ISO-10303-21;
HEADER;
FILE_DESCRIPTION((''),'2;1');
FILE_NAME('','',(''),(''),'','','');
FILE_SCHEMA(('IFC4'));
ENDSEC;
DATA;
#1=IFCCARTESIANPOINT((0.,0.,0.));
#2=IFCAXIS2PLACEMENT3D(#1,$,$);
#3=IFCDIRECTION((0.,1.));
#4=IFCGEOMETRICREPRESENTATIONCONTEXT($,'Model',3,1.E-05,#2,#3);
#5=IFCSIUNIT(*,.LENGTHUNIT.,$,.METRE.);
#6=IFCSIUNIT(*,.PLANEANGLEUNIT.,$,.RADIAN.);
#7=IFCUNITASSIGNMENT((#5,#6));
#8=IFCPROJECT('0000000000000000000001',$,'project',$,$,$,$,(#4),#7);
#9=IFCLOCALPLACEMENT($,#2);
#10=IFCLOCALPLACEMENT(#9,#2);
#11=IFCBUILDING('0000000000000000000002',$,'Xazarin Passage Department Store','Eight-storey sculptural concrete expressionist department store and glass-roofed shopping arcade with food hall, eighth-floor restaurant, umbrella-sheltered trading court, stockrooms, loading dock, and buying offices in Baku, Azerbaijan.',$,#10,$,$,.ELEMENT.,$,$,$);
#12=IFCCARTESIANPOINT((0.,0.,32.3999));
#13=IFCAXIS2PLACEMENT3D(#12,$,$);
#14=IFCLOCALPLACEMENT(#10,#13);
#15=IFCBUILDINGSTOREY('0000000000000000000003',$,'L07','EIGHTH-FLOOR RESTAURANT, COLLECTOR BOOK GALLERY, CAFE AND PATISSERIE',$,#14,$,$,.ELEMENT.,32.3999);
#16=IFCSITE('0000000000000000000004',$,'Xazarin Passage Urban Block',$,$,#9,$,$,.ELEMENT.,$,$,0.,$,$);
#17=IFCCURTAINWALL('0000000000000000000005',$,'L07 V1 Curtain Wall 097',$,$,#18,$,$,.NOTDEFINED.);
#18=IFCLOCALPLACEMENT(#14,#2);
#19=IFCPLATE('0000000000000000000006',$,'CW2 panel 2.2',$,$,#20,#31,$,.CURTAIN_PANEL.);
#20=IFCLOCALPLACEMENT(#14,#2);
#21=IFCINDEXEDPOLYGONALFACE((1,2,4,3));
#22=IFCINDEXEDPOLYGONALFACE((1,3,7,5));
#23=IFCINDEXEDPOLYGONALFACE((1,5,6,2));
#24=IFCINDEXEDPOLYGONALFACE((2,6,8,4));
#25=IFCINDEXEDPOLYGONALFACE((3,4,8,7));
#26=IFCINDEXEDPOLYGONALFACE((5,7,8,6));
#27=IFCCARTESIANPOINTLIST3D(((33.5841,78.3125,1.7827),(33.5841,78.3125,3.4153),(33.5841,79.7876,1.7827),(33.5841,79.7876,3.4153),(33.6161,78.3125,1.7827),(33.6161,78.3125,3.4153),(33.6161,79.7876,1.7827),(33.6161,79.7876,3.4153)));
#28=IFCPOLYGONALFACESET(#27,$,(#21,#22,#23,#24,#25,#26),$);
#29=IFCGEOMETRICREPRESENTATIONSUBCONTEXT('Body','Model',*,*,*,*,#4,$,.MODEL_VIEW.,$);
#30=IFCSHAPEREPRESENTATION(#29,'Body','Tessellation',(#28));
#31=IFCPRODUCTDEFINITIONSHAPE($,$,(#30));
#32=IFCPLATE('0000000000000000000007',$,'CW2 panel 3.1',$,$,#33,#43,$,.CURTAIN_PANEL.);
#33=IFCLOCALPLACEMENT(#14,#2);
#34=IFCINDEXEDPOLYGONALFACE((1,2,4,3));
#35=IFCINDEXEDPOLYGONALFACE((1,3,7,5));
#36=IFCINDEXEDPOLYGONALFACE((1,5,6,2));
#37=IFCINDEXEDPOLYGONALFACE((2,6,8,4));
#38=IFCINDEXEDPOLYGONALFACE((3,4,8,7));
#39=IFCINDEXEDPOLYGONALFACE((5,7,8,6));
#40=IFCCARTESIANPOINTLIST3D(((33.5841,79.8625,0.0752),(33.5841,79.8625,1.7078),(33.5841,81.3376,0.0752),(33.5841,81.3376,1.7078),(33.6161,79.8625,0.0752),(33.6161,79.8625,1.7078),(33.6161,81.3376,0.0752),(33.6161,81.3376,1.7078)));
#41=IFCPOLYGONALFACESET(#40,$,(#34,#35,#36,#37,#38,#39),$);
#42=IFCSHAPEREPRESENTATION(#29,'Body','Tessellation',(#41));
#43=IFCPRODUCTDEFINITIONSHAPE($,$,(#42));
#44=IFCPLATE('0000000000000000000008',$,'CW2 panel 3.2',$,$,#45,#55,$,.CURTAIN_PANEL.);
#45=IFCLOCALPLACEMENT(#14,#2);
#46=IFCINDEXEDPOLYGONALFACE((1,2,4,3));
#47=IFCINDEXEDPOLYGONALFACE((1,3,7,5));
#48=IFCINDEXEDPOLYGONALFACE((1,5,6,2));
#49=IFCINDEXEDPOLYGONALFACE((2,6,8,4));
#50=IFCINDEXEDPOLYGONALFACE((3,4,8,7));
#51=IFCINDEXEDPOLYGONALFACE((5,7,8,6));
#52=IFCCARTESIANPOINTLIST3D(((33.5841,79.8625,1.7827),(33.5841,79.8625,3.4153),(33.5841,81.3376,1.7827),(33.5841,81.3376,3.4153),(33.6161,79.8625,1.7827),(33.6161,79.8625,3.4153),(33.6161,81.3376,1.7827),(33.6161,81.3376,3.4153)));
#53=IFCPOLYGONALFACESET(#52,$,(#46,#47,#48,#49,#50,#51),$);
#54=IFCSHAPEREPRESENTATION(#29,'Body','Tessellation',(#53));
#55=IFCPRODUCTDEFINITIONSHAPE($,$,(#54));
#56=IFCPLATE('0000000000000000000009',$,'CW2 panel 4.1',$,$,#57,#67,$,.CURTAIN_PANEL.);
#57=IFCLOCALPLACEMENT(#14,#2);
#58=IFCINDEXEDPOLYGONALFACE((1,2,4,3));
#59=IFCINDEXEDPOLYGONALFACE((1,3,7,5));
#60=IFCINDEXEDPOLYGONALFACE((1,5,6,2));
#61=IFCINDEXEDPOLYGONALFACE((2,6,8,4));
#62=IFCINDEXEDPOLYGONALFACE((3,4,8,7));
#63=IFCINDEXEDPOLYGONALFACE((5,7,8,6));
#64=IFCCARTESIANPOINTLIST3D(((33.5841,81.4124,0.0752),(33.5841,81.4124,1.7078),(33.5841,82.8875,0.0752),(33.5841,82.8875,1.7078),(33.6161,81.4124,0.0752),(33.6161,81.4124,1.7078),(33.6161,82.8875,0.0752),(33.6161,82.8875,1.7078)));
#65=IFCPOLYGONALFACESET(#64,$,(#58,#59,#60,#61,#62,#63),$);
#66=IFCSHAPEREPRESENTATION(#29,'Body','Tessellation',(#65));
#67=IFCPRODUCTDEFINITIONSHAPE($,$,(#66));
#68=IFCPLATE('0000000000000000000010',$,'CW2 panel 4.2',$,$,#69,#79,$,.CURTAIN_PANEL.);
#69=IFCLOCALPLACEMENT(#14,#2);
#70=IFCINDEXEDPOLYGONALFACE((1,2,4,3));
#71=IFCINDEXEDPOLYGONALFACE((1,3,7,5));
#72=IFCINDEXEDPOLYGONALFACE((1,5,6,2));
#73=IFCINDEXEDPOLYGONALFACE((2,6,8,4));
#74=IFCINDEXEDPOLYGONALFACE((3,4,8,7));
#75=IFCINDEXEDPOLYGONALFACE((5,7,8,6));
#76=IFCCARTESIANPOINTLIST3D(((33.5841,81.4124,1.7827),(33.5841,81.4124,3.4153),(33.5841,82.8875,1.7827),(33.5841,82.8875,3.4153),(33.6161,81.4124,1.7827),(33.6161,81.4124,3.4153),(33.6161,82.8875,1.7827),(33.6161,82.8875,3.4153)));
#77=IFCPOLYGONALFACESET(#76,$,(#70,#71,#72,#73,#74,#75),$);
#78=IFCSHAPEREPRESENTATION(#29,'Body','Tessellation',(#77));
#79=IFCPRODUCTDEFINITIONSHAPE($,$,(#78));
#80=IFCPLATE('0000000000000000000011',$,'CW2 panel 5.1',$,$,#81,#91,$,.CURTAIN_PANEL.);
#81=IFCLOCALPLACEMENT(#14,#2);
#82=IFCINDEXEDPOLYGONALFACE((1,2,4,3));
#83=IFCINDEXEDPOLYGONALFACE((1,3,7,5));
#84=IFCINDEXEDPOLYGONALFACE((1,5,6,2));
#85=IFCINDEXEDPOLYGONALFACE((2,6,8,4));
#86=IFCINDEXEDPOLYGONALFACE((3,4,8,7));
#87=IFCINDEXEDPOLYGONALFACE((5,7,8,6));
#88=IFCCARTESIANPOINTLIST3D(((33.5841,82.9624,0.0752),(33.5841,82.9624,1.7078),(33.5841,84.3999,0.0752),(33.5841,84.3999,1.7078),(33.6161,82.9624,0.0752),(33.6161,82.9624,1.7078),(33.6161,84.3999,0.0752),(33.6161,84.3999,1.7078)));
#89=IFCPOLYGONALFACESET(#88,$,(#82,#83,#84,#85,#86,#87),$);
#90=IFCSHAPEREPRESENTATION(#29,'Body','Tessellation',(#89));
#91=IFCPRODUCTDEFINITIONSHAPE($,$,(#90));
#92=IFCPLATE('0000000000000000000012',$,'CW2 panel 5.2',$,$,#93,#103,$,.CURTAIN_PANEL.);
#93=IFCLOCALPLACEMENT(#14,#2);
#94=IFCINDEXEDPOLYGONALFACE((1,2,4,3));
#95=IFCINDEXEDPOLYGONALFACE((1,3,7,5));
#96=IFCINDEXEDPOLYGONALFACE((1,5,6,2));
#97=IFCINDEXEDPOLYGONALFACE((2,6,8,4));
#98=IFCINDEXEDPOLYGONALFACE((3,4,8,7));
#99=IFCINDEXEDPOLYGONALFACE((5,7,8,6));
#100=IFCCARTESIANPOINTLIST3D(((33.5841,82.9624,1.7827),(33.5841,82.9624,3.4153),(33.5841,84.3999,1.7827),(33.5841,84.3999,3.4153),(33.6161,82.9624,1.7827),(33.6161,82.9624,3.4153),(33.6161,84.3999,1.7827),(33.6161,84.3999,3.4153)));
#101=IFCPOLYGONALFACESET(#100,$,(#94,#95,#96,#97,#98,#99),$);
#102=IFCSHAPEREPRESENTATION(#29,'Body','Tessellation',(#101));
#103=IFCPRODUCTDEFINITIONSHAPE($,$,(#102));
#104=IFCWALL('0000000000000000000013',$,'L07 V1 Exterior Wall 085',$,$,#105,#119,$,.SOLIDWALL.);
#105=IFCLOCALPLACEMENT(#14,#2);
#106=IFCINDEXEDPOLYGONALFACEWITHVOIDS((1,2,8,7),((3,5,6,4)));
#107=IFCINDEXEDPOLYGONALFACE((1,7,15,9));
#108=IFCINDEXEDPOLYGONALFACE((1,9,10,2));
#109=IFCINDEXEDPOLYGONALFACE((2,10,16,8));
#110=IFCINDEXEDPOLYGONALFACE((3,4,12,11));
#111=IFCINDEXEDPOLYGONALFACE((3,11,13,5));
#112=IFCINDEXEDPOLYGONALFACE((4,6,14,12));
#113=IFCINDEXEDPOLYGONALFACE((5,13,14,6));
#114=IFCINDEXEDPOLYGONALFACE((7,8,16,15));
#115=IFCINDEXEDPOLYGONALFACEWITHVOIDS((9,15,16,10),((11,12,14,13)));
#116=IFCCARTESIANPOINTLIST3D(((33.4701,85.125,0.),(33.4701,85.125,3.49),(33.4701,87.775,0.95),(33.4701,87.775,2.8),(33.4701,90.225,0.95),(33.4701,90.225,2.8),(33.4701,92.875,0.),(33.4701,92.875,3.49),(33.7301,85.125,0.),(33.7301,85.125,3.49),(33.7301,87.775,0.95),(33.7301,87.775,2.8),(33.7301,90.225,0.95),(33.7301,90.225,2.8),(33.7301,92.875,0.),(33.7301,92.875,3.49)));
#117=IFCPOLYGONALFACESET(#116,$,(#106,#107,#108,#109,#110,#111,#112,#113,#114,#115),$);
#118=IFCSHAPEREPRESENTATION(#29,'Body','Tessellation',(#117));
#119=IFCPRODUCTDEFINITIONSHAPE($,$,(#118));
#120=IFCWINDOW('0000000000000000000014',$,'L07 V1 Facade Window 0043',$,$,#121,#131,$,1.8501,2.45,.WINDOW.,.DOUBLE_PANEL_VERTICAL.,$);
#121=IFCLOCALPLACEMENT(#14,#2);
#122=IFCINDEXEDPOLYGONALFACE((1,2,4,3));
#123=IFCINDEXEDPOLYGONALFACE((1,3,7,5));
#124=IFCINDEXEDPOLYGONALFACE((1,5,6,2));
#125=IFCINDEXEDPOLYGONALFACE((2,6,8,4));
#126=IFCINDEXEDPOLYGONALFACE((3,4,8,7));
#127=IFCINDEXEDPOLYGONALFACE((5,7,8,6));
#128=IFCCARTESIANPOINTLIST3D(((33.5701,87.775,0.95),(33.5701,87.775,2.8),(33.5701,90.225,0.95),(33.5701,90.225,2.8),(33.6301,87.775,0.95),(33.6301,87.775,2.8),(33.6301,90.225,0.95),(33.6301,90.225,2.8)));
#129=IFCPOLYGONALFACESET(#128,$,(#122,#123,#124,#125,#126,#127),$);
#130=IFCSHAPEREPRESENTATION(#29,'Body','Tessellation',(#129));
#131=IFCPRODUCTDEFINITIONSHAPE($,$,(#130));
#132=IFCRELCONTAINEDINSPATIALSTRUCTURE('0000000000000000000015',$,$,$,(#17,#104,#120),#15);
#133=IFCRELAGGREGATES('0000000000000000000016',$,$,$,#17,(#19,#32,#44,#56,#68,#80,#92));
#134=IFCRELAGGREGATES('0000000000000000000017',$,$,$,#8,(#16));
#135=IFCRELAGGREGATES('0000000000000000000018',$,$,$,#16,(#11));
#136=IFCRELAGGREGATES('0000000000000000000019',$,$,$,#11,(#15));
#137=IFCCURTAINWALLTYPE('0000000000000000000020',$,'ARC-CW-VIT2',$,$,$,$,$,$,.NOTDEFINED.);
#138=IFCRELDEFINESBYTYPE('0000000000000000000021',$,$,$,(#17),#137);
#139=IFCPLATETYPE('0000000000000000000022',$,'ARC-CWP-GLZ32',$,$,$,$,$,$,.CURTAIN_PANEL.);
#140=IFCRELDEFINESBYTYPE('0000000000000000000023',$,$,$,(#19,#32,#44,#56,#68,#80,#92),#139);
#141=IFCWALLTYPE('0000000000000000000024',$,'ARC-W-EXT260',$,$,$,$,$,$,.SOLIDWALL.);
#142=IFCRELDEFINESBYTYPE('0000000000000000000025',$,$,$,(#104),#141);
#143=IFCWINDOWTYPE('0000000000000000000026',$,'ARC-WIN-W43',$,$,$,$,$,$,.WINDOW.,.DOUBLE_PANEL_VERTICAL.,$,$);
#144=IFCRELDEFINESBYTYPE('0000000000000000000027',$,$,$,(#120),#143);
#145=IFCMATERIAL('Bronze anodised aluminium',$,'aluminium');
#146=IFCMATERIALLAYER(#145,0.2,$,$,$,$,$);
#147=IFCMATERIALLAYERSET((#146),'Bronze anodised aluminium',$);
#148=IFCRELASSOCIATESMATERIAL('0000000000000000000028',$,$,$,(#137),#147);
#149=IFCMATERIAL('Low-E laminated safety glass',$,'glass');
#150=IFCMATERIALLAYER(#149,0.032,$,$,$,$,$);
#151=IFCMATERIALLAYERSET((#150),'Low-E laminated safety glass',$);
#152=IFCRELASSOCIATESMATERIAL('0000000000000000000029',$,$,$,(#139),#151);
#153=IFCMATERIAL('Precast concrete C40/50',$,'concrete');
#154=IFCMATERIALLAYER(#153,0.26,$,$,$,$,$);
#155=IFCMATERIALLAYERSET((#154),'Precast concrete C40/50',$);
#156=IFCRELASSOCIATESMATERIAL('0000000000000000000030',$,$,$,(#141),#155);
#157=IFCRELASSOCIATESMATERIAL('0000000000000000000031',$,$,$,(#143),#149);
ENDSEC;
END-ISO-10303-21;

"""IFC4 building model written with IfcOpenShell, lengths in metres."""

from ifc_helpers import new_model, si_unit, direction, frame, frame_2d, origin, origin_2d, place, context, subcontext, project, spatial, rectangle, extrude, material, layer, layer_set, type_object, element, fill, aggregate, save


model = new_model("IFC4")

# Units and contexts
model_context = context("Model", 3, precision=1e-05, world=origin(), true_north=direction((0.0, 1.0)))
body_context = subcontext(model_context, "Body", "Model", "MODEL_VIEW")
ifc_project = project(units=[si_unit("LENGTHUNIT", "METRE"), si_unit("PLANEANGLEUNIT", "RADIAN")], contexts=[model_context])

# Site, building, storey
site_placement = place(None, origin())
site = spatial("IfcSite", under=ifc_project, at=site_placement, Name="Xazarin Passage Urban Block", CompositionType="ELEMENT", RefElevation=0.0)
building_placement = place(site_placement, origin())
building = spatial("IfcBuilding", under=site, at=building_placement, Name="Xazarin Passage Department Store", Description="Eight-storey sculptural concrete expressionist department store and glass-roofed shopping arcade with food hall, eighth-floor restaurant, umbrella-sheltered trading court, stockrooms, loading dock, and buying offices in Baku, Azerbaijan.", CompositionType="ELEMENT")
storey_placement = place(building_placement, frame((0.0, 0.0, 32.3999)))
storey = spatial("IfcBuildingStorey", under=building, at=storey_placement, Name="L07", Description="EIGHTH-FLOOR RESTAURANT, COLLECTOR BOOK GALLERY, CAFE AND PATISSERIE", CompositionType="ELEMENT", Elevation=32.3999)

# Curtain wall
ifc_material_1 = material(Name="Bronze anodised aluminium", Category="aluminium")
ifc_layer_1 = layer(ifc_material_1, 0.2)
ifc_layer_set_1 = layer_set([ifc_layer_1], Name="Bronze anodised aluminium")
curtain_wall_type = type_object("IfcCurtainWallType", Name="ARC-CW-VIT2", PredefinedType="NOTDEFINED", material=ifc_layer_set_1)
curtain_wall_placement = place(storey_placement, origin())
curtain_wall = element("IfcCurtainWall", 1, at=curtain_wall_placement, inside=storey, type_object=curtain_wall_type, Name="L07 V1 Curtain Wall 097", PredefinedType="NOTDEFINED")

# Plates
ifc_material_2 = material(Name="Low-E laminated safety glass", Category="glass")
ifc_layer_2 = layer(ifc_material_2, 0.032)
ifc_layer_set_2 = layer_set([ifc_layer_2], Name="Low-E laminated safety glass")
plate_type = type_object("IfcPlateType", Name="ARC-CWP-GLZ32", PredefinedType="CURTAIN_PANEL", material=ifc_layer_set_2)
plate_1_placement = place(storey_placement, frame((33.6001, 79.05, 1.7827), z_axis=(0.0, 0.0, 1.0), x_axis=(0.0, 1.0, 0.0)))
plate_1 = element("IfcPlate", 2, at=plate_1_placement, type_object=plate_type, Name="CW2 panel 2.2", PredefinedType="CURTAIN_PANEL", context=body_context, shape_type="SweptSolid", body=[
    extrude(rectangle(XDim=1.4751, YDim=0.032, at=origin_2d()), origin(), (0.0, 0.0, 1.0), 1.6326),
])
plate_2_placement = place(storey_placement, frame((33.6001, 80.6001, 0.0752), z_axis=(0.0, 0.0, 1.0), x_axis=(0.0, 1.0, 0.0)))
plate_2 = element("IfcPlate", 3, at=plate_2_placement, type_object=plate_type, Name="CW2 panel 3.1", PredefinedType="CURTAIN_PANEL", context=body_context, shape_type="SweptSolid", body=[
    extrude(rectangle(XDim=1.4751, YDim=0.032, at=origin_2d()), origin(), (0.0, 0.0, 1.0), 1.6326),
])
plate_3_placement = place(storey_placement, frame((33.6001, 80.6001, 1.7827), z_axis=(0.0, 0.0, 1.0), x_axis=(0.0, 1.0, 0.0)))
plate_3 = element("IfcPlate", 4, at=plate_3_placement, type_object=plate_type, Name="CW2 panel 3.2", PredefinedType="CURTAIN_PANEL", context=body_context, shape_type="SweptSolid", body=[
    extrude(rectangle(XDim=1.4751, YDim=0.032, at=origin_2d()), origin(), (0.0, 0.0, 1.0), 1.6326),
])
plate_4_placement = place(storey_placement, frame((33.6001, 82.1499, 0.0752), z_axis=(0.0, 0.0, 1.0), x_axis=(0.0, 1.0, 0.0)))
plate_4 = element("IfcPlate", 5, at=plate_4_placement, type_object=plate_type, Name="CW2 panel 4.1", PredefinedType="CURTAIN_PANEL", context=body_context, shape_type="SweptSolid", body=[
    extrude(rectangle(XDim=1.4751, YDim=0.032, at=origin_2d()), origin(), (0.0, 0.0, 1.0), 1.6326),
])
plate_5_placement = place(storey_placement, frame((33.6001, 82.1499, 1.7827), z_axis=(0.0, 0.0, 1.0), x_axis=(0.0, 1.0, 0.0)))
plate_5 = element("IfcPlate", 6, at=plate_5_placement, type_object=plate_type, Name="CW2 panel 4.2", PredefinedType="CURTAIN_PANEL", context=body_context, shape_type="SweptSolid", body=[
    extrude(rectangle(XDim=1.4751, YDim=0.032, at=origin_2d()), origin(), (0.0, 0.0, 1.0), 1.6326),
])
plate_6_placement = place(storey_placement, frame((33.6001, 83.6812, 0.0752), z_axis=(0.0, 0.0, 1.0), x_axis=(0.0, 1.0, 0.0)))
plate_6 = element("IfcPlate", 7, at=plate_6_placement, type_object=plate_type, Name="CW2 panel 5.1", PredefinedType="CURTAIN_PANEL", context=body_context, shape_type="SweptSolid", body=[
    extrude(rectangle(XDim=1.4375, YDim=0.032, at=origin_2d()), origin(), (0.0, 0.0, 1.0), 1.6326),
])
plate_7_placement = place(storey_placement, frame((33.6001, 83.6812, 1.7827), z_axis=(0.0, 0.0, 1.0), x_axis=(0.0, 1.0, 0.0)))
plate_7 = element("IfcPlate", 8, at=plate_7_placement, type_object=plate_type, Name="CW2 panel 5.2", PredefinedType="CURTAIN_PANEL", context=body_context, shape_type="SweptSolid", body=[
    extrude(rectangle(XDim=1.4375, YDim=0.032, at=origin_2d()), origin(), (0.0, 0.0, 1.0), 1.6326),
])
aggregate(curtain_wall, [plate_1, plate_2, plate_3, plate_4, plate_5, plate_6, plate_7])

# Wall, opening, window
ifc_material_3 = material(Name="Precast concrete C40/50", Category="concrete")
ifc_layer_3 = layer(ifc_material_3, 0.26)
ifc_layer_set_3 = layer_set([ifc_layer_3], Name="Precast concrete C40/50")
wall_type = type_object("IfcWallType", Name="ARC-W-EXT260", PredefinedType="SOLIDWALL", material=ifc_layer_set_3)
wall_placement = place(storey_placement, frame((33.6001, 85.125, 0.0), z_axis=(0.0, 0.0, 1.0), x_axis=(0.0, 1.0, 0.0)))
wall = element("IfcWall", 9, at=wall_placement, inside=storey, type_object=wall_type, Name="L07 V1 Exterior Wall 085", PredefinedType="SOLIDWALL", context=body_context, shape_type="SweptSolid", body=[
    extrude(rectangle(XDim=7.75, YDim=0.26, at=frame_2d((3.875, 0.0))), origin(), (0.0, 0.0, 1.0), 3.49),
])
opening_placement = place(wall_placement, frame((2.6499, 0.0, 0.95)))
opening = element("IfcOpeningElement", 10, at=opening_placement, cuts=wall, PredefinedType="OPENING", context=body_context, shape_type="SweptSolid", body=[
    extrude(rectangle(XDim=2.45, YDim=1.8501, at=frame_2d((1.2251, 0.925))), frame((0.0, 0.1399, 0.0), z_axis=(0.0, -1.0, 0.0), x_axis=(1.0, 0.0, 0.0)), (0.0, 0.0, 1.0), 0.28),
])
window_type = type_object("IfcWindowType", Name="ARC-WIN-W43", PartitioningType="DOUBLE_PANEL_VERTICAL", PredefinedType="WINDOW", material=ifc_material_2)
window_placement = place(opening_placement, origin())
window = element("IfcWindow", 11, at=window_placement, inside=storey, type_object=window_type, Name="L07 V1 Facade Window 0043", OverallHeight=1.8501, OverallWidth=2.45, PartitioningType="DOUBLE_PANEL_VERTICAL", PredefinedType="WINDOW", context=body_context, shape_type="SweptSolid", body=[
    extrude(rectangle(XDim=2.45, YDim=1.8501, at=frame_2d((1.2251, 0.925))), frame((0.0, 0.03, 0.0), z_axis=(0.0, -1.0, 0.0), x_axis=(1.0, 0.0, 0.0)), (0.0, 0.0, 1.0), 0.0601),
])
fill(opening, window)

save(model, "model.ifc")
